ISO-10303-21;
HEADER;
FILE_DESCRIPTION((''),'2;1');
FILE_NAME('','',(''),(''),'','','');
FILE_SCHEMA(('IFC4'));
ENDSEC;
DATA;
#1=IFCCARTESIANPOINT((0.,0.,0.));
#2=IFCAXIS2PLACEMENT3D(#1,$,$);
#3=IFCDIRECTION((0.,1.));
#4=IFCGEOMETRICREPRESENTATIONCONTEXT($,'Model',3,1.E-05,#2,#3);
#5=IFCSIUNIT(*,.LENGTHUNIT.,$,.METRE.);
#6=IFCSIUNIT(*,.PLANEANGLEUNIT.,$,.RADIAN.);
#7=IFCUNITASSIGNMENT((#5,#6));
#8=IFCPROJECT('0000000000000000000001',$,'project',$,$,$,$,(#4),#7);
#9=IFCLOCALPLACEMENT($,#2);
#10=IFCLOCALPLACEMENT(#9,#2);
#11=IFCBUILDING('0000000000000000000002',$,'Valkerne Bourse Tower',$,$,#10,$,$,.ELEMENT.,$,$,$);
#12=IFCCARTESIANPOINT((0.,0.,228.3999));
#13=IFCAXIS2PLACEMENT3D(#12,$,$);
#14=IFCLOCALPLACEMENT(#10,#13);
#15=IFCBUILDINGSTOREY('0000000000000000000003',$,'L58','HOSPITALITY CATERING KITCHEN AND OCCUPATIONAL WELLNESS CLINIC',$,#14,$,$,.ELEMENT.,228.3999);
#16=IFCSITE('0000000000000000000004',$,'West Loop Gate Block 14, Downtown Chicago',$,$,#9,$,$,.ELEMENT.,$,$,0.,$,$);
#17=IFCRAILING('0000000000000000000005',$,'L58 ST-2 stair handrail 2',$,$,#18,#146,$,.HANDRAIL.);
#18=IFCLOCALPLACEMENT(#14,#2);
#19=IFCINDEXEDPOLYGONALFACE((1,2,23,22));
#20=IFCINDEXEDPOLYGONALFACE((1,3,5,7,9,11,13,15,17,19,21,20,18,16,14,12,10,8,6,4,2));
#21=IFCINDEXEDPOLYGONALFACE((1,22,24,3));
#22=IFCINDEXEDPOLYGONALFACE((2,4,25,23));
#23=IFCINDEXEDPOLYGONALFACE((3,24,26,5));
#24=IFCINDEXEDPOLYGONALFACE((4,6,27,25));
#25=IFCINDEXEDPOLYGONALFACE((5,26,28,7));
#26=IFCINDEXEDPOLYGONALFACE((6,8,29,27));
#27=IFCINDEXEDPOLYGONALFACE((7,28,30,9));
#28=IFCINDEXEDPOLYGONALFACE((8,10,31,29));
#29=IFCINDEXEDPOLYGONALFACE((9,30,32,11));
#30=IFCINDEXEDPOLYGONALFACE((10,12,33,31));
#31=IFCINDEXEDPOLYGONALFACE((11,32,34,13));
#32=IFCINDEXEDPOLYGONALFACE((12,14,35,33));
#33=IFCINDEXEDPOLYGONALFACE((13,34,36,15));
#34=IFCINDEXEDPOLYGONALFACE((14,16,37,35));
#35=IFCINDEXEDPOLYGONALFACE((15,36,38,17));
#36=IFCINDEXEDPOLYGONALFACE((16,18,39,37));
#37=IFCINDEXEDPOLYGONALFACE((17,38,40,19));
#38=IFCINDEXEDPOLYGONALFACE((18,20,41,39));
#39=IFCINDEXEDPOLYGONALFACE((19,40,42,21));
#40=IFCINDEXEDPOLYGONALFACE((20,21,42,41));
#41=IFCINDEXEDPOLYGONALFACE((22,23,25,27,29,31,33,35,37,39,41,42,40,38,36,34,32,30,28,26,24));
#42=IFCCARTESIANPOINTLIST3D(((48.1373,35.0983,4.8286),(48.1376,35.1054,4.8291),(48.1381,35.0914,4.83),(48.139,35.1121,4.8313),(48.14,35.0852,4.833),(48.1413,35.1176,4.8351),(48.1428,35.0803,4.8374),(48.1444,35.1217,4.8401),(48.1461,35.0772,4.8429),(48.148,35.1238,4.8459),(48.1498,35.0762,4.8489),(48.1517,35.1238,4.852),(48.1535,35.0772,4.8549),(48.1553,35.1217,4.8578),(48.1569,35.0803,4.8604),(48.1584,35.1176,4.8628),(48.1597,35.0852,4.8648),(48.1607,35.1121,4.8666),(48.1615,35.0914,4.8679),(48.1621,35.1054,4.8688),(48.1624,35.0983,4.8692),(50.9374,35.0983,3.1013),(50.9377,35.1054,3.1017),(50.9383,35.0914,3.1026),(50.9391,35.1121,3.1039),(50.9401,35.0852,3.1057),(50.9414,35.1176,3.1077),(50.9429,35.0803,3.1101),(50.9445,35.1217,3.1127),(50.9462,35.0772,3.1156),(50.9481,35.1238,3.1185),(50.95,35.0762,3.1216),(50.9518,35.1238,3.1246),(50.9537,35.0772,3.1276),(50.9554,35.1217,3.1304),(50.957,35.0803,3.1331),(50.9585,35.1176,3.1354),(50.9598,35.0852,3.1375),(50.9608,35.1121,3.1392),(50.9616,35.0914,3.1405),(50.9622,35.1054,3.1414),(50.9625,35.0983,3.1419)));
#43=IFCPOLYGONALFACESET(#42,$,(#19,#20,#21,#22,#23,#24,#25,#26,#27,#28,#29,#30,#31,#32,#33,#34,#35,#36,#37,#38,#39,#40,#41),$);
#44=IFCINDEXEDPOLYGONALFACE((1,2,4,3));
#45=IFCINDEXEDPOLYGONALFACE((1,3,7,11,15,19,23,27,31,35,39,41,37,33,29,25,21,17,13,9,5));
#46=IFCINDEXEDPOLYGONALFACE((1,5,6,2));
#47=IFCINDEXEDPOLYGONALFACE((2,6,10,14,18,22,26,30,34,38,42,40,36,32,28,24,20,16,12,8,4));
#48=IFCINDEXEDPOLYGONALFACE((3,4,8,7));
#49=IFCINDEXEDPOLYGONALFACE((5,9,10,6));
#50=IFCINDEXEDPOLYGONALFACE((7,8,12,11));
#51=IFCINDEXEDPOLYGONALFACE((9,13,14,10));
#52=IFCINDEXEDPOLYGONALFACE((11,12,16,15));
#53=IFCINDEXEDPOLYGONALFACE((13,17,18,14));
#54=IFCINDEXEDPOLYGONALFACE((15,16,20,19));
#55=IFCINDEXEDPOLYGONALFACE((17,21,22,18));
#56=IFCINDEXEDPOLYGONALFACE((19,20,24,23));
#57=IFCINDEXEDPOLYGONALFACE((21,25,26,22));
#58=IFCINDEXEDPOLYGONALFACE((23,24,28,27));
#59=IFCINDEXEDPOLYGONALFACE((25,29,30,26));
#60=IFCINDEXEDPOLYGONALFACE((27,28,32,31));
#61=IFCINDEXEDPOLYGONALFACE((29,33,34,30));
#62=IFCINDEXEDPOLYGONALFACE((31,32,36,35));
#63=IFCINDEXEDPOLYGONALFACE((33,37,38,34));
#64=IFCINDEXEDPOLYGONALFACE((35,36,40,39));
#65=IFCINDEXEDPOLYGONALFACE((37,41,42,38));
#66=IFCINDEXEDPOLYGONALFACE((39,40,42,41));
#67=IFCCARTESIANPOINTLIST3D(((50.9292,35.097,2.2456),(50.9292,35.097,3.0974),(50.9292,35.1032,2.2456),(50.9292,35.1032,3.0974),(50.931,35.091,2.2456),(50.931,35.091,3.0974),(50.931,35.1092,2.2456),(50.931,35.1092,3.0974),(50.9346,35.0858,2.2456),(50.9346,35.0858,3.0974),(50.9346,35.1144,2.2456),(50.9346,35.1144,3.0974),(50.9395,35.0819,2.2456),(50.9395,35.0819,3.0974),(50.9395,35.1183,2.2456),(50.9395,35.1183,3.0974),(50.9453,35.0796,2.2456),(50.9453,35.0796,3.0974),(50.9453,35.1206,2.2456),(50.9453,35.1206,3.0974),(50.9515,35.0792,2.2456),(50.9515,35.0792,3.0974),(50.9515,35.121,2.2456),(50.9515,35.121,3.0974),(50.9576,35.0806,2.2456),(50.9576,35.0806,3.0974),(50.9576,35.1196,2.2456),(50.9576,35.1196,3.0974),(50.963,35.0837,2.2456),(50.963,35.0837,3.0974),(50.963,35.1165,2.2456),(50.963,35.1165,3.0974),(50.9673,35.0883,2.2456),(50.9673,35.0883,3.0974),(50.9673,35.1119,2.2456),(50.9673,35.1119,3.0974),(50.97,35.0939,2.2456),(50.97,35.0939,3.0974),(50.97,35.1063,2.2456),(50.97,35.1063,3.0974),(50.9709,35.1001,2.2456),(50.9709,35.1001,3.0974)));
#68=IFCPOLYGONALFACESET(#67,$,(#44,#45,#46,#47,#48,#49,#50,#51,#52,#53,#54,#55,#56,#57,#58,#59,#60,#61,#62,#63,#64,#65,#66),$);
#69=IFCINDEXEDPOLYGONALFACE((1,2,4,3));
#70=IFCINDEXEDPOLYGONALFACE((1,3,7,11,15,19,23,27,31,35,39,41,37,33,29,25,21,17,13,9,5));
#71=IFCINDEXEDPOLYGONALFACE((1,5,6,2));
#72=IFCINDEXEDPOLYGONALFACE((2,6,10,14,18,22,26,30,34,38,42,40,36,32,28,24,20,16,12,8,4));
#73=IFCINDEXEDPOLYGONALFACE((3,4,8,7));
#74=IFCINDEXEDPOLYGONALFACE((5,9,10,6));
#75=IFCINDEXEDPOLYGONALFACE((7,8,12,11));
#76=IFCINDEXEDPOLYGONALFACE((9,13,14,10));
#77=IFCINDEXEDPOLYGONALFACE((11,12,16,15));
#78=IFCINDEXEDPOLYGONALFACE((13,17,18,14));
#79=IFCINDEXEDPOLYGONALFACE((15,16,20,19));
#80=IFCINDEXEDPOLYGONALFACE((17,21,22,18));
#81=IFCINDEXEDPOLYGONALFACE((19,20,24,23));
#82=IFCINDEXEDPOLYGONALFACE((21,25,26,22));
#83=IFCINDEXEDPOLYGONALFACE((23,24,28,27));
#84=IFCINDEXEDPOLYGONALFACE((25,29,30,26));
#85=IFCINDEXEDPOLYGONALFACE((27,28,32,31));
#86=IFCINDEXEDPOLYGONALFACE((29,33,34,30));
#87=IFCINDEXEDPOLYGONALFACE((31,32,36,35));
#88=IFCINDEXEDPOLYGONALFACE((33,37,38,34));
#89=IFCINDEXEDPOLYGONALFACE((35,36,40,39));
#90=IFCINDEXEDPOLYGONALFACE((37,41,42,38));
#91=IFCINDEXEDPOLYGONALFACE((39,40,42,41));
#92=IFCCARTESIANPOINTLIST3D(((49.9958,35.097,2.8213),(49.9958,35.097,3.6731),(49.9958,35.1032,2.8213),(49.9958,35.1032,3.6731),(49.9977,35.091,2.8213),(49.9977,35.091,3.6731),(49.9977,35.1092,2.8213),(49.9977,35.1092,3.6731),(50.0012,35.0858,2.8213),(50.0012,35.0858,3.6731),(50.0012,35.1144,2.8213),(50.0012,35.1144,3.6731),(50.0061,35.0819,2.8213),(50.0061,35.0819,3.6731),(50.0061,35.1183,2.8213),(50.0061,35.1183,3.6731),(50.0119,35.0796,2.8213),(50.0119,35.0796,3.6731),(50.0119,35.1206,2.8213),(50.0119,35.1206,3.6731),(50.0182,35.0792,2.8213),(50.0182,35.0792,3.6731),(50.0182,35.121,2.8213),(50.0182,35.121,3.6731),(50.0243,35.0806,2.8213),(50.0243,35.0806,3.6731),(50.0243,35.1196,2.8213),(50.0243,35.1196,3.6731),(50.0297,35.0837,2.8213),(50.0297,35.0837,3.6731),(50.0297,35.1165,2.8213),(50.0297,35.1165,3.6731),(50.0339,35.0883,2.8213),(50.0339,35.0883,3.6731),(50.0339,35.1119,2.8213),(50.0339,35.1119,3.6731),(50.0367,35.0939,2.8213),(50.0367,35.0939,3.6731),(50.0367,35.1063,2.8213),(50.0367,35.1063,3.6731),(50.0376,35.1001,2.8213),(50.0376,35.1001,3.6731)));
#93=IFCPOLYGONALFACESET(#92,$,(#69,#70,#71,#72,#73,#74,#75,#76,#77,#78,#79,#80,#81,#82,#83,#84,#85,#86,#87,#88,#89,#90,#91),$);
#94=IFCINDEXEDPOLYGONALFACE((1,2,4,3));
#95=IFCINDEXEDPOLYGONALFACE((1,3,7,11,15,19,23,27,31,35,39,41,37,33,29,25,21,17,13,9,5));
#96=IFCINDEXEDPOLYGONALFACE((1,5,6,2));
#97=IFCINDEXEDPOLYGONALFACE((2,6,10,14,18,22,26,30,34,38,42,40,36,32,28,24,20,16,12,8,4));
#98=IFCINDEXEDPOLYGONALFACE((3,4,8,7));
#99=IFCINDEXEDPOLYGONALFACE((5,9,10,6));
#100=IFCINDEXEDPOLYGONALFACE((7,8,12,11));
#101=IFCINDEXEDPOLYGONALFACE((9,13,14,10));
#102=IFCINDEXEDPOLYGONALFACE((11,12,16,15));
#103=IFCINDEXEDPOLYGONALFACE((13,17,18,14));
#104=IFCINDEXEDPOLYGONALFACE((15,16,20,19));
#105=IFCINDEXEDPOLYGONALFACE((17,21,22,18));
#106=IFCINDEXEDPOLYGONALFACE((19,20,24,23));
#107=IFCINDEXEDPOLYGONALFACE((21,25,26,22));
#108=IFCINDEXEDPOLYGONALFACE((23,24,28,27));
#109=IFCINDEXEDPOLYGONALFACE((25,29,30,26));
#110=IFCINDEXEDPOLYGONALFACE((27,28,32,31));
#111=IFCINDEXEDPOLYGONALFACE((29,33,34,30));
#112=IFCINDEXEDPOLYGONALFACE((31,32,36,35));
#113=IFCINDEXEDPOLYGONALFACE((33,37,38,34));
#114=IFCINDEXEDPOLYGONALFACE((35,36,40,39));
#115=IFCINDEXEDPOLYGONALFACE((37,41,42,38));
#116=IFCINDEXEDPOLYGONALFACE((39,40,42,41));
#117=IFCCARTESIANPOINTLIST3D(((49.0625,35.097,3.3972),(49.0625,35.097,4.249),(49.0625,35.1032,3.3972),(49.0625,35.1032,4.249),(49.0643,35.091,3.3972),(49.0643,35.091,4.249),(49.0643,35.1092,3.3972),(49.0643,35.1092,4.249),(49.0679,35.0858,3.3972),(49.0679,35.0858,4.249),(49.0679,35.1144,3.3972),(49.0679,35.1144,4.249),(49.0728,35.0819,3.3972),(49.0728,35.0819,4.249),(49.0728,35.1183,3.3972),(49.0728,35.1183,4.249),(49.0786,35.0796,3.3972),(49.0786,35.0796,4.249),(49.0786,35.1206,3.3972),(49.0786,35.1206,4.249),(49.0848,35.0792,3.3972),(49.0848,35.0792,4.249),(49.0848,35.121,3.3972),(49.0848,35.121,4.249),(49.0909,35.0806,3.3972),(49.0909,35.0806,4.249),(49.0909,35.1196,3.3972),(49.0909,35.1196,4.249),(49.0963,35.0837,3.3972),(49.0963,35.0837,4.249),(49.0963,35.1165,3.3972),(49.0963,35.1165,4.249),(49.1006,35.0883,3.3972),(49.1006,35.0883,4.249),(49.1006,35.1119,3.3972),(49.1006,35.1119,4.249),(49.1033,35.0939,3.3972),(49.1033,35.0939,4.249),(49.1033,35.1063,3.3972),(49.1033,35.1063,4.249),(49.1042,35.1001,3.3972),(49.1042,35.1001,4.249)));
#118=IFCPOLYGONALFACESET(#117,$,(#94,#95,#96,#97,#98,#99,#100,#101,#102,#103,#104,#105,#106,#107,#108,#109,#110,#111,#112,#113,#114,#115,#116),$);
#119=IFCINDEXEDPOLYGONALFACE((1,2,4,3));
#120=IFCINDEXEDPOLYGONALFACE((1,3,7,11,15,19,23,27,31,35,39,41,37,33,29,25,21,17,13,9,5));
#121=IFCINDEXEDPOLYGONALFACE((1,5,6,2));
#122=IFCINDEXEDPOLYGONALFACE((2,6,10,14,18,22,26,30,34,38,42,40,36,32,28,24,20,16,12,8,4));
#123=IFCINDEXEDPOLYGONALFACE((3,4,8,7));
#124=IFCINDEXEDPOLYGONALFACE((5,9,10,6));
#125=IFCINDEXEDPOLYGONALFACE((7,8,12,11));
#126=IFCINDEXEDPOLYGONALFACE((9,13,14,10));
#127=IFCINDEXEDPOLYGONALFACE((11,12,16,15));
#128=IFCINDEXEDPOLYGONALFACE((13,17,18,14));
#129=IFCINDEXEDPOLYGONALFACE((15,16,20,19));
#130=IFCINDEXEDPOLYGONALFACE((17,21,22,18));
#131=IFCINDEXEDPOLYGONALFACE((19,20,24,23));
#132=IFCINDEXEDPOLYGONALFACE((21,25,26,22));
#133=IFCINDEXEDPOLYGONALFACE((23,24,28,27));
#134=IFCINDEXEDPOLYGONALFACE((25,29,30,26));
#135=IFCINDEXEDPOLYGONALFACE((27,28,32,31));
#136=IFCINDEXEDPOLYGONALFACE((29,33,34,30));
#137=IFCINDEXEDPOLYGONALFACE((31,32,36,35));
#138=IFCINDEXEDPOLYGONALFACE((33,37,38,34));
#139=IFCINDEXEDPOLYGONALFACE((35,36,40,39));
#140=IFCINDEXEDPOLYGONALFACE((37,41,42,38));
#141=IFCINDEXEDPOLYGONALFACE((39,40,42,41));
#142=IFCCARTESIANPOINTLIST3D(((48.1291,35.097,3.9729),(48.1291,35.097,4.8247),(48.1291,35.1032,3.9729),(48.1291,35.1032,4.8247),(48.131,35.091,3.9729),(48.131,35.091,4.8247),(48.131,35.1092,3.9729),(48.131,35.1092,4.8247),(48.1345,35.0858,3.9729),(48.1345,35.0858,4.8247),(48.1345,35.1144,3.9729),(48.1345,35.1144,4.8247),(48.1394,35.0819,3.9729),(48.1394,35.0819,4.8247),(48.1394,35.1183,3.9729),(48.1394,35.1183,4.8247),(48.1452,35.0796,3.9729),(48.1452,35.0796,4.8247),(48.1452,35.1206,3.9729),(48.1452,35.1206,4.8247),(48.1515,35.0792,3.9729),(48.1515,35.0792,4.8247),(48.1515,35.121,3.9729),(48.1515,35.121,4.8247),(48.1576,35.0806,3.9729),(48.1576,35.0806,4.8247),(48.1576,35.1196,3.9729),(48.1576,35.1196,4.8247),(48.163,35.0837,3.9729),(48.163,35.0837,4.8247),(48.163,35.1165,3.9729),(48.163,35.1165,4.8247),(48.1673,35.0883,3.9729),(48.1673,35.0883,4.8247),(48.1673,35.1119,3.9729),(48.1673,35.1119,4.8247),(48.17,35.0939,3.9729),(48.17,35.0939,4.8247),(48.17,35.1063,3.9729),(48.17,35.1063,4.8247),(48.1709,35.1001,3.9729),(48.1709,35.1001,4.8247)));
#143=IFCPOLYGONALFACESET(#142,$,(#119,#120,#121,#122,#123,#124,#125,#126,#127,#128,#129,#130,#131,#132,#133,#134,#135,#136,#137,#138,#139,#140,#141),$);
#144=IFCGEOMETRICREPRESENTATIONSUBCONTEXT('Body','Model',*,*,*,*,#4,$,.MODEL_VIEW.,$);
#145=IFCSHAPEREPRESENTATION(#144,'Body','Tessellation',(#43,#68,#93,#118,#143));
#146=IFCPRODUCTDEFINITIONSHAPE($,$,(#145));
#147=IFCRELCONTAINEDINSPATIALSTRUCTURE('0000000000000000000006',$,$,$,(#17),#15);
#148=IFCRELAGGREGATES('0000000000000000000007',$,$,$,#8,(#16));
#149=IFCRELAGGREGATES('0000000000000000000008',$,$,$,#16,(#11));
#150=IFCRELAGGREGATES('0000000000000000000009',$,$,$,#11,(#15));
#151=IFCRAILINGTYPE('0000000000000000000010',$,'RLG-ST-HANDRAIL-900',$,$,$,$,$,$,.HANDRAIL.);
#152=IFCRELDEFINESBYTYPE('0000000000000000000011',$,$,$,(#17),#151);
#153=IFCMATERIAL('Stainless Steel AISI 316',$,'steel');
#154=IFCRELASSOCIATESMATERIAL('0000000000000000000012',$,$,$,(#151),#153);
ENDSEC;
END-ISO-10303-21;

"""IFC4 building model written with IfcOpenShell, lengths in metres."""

from ifc_helpers import new_model, si_unit, direction, frame, origin, origin_2d, place, context, subcontext, project, spatial, circle, extrude, material, type_object, element, save


model = new_model("IFC4")

# Units and contexts
model_context = context("Model", 3, precision=1e-05, world=origin(), true_north=direction((0.0, 1.0)))
body_context = subcontext(model_context, "Body", "Model", "MODEL_VIEW")
ifc_project = project(units=[si_unit("LENGTHUNIT", "METRE"), si_unit("PLANEANGLEUNIT", "RADIAN")], contexts=[model_context])

# Site, building, storey
site_placement = place(None, origin())
site = spatial("IfcSite", under=ifc_project, at=site_placement, Name="West Loop Gate Block 14, Downtown Chicago", CompositionType="ELEMENT", RefElevation=0.0)
building_placement = place(site_placement, origin())
building = spatial("IfcBuilding", under=site, at=building_placement, Name="Valkerne Bourse Tower", CompositionType="ELEMENT")
storey_placement = place(building_placement, frame((0.0, 0.0, 228.3999)))
storey = spatial("IfcBuildingStorey", under=building, at=storey_placement, Name="L58", Description="HOSPITALITY CATERING KITCHEN AND OCCUPATIONAL WELLNESS CLINIC", CompositionType="ELEMENT", Elevation=228.3999)

# Railing
ifc_material_1 = material(Name="Stainless Steel AISI 316", Category="steel")
railing_type = type_object("IfcRailingType", Name="RLG-ST-HANDRAIL-900", PredefinedType="HANDRAIL", material=ifc_material_1)
railing_placement = place(storey_placement, frame((50.95, 35.1001, 2.2456)))
element("IfcRailing", 1, at=railing_placement, inside=storey, type_object=railing_type, Name="L58 ST-2 stair handrail 2", PredefinedType="HANDRAIL", context=body_context, shape_type="SweptSolid", body=[
    extrude(circle(Radius=0.0239, at=origin_2d()), frame((0.0, 0.0, 0.876), z_axis=(-0.85109, 0.0, 0.52502), x_axis=(0.0, -1.0, 0.0)), (0.0, 0.0, 1.0), 3.29),
    extrude(circle(Radius=0.021, at=origin_2d()), origin(), (0.0, 0.0, 1.0), 0.8518),
    extrude(circle(Radius=0.021, at=origin_2d()), frame((-0.9333, 0.0, 0.5757)), (0.0, 0.0, 1.0), 0.8518),
    extrude(circle(Radius=0.021, at=origin_2d()), frame((-1.8667, 0.0, 1.1516)), (0.0, 0.0, 1.0), 0.8518),
    extrude(circle(Radius=0.021, at=origin_2d()), frame((-2.8, 0.0, 1.7273)), (0.0, 0.0, 1.0), 0.8518),
])

save(model, "model.ifc")
